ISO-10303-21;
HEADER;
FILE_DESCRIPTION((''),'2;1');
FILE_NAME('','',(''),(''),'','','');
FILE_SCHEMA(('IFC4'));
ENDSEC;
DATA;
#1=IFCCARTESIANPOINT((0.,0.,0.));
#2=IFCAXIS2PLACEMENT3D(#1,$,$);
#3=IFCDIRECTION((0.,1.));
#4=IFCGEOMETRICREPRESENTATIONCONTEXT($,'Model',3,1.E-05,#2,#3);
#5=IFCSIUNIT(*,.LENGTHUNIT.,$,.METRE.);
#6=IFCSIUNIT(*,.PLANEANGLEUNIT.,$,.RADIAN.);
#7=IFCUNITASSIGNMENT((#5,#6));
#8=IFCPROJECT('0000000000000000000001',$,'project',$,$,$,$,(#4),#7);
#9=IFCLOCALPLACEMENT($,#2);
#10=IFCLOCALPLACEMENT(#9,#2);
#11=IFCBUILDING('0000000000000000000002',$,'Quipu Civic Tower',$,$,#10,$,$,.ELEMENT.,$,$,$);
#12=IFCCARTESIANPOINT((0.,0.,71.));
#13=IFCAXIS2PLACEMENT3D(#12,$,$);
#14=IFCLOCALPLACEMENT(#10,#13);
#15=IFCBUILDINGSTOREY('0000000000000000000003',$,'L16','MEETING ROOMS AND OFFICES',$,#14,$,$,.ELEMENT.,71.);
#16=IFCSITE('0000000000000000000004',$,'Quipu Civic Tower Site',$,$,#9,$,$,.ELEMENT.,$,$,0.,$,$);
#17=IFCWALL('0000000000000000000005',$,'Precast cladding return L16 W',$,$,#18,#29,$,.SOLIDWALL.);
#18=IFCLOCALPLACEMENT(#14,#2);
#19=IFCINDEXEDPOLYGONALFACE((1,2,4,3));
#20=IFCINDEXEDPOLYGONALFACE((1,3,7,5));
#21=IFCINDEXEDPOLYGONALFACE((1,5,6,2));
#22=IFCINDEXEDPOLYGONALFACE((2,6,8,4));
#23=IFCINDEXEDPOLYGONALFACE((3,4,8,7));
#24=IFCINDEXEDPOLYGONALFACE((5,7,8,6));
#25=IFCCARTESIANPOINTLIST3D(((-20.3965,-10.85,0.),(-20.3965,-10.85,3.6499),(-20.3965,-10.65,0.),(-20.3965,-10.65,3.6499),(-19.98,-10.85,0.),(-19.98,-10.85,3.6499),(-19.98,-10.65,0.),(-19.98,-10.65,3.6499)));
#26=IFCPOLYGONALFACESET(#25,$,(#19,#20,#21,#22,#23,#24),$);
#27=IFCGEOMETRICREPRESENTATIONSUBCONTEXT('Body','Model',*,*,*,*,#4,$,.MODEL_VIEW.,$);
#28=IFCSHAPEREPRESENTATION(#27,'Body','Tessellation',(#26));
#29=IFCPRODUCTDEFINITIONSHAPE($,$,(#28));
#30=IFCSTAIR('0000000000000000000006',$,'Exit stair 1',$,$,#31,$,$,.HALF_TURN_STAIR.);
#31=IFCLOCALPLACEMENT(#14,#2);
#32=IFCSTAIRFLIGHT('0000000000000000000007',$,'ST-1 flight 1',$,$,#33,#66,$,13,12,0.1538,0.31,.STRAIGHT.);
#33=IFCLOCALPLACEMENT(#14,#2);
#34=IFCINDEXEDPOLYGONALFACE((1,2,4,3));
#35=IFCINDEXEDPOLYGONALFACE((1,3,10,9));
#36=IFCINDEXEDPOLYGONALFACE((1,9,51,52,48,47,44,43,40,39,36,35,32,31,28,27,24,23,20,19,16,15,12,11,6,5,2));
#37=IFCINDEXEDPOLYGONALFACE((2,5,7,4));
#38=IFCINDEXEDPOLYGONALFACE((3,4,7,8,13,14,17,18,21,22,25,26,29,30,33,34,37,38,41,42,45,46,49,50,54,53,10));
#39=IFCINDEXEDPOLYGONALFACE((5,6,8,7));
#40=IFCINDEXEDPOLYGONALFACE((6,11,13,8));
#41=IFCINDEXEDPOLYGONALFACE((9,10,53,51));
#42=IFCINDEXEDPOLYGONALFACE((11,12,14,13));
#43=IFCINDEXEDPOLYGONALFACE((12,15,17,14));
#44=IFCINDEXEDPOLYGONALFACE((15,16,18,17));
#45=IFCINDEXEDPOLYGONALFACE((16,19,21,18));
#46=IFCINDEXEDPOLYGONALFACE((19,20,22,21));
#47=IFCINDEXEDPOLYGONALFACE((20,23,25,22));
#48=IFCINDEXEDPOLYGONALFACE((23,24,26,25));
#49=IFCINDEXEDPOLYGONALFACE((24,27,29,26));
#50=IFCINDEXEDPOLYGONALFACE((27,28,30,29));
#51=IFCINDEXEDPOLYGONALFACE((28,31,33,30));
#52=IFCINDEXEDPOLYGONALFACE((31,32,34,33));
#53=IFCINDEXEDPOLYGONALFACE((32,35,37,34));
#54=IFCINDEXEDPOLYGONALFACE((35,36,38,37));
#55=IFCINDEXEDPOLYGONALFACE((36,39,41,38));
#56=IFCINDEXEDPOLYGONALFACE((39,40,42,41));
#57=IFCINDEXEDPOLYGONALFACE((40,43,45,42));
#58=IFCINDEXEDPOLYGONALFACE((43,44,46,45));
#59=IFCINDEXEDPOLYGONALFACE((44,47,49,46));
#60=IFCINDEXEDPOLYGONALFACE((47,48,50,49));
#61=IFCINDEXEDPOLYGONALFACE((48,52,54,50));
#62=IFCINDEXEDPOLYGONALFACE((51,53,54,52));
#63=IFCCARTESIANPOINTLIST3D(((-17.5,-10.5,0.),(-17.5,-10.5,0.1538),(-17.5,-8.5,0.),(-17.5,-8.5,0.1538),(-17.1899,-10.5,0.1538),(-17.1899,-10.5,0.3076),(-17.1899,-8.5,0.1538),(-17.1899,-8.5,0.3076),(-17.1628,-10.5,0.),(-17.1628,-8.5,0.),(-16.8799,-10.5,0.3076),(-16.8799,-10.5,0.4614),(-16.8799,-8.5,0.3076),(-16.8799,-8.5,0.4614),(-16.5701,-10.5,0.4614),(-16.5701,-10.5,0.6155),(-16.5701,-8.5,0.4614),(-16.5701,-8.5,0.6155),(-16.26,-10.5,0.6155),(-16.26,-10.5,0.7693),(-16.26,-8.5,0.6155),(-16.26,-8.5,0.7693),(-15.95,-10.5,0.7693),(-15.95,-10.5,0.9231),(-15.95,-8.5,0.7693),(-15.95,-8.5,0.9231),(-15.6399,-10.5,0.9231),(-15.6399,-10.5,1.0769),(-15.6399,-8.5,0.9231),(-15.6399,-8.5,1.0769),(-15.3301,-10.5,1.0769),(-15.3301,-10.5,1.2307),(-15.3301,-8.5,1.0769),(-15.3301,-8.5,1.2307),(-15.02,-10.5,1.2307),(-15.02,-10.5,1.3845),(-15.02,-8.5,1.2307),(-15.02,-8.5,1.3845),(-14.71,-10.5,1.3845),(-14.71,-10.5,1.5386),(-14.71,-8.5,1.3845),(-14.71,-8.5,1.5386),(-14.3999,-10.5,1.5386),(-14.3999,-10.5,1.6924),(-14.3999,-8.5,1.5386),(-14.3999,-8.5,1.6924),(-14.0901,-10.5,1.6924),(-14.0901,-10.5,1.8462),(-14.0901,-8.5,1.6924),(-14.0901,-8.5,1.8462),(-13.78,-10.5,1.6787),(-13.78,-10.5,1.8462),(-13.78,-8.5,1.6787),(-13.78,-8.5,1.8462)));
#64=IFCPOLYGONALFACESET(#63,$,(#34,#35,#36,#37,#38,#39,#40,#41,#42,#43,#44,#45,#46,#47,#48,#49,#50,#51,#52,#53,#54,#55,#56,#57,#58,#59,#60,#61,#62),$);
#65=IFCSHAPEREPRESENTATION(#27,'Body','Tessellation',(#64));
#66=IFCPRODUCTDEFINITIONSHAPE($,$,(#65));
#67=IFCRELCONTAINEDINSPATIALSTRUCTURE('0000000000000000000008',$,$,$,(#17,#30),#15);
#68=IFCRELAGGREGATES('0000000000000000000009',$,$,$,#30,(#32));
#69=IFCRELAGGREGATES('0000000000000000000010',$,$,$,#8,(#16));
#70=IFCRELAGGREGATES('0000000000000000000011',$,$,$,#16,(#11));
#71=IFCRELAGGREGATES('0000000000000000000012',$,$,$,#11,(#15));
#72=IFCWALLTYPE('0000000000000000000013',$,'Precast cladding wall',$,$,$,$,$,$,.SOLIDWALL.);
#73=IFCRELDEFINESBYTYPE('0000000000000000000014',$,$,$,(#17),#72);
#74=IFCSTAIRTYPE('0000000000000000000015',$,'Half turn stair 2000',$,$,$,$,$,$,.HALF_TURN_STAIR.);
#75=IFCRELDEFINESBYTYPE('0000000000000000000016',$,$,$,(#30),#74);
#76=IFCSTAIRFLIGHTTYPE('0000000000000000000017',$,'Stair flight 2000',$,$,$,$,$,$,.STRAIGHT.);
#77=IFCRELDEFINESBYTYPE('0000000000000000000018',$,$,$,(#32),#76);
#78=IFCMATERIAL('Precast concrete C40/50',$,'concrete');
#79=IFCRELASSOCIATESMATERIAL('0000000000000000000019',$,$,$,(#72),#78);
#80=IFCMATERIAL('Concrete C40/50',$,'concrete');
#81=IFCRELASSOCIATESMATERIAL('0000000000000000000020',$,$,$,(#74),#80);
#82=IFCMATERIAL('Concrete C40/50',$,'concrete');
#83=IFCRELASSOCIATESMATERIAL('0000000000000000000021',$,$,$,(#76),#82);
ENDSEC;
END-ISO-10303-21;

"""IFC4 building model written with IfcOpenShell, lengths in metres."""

from ifc_helpers import new_model, si_unit, direction, frame, frame_2d, origin, place, context, subcontext, project, spatial, polyline, rectangle, outline, extrude, material, type_object, element, aggregate, save


model = new_model("IFC4")

# Units and contexts
model_context = context("Model", 3, precision=1e-05, world=origin(), true_north=direction((0.0, 1.0)))
body_context = subcontext(model_context, "Body", "Model", "MODEL_VIEW")
ifc_project = project(units=[si_unit("LENGTHUNIT", "METRE"), si_unit("PLANEANGLEUNIT", "RADIAN")], contexts=[model_context])

# Site, building, storey
site_placement = place(None, origin())
site = spatial("IfcSite", under=ifc_project, at=site_placement, Name="Quipu Civic Tower Site", CompositionType="ELEMENT", RefElevation=0.0)
building_placement = place(site_placement, origin())
building = spatial("IfcBuilding", under=site, at=building_placement, Name="Quipu Civic Tower", CompositionType="ELEMENT")
storey_placement = place(building_placement, frame((0.0, 0.0, 71.0)))
storey = spatial("IfcBuildingStorey", under=building, at=storey_placement, Name="L16", Description="MEETING ROOMS AND OFFICES", CompositionType="ELEMENT", Elevation=71.0)

# Wall
ifc_material_1 = material(Name="Precast concrete C40/50", Category="concrete")
wall_type_1 = type_object("IfcWallType", Name="Precast cladding wall", PredefinedType="SOLIDWALL", material=ifc_material_1)
wall_1_placement = place(storey_placement, frame((-19.98, -10.75, 0.0), z_axis=(0.0, 0.0, 1.0), x_axis=(-1.0, 0.0, 0.0)))
element("IfcWall", 1, at=wall_1_placement, inside=storey, type_object=wall_type_1, Name="Precast cladding return L16 W", PredefinedType="SOLIDWALL", context=body_context, shape_type="SweptSolid", body=[
    extrude(rectangle(XDim=0.4165, YDim=0.2, at=frame_2d((0.2083, 0.0))), origin(), (0.0, 0.0, 1.0), 3.6499),
])

# Stair, stair flight
ifc_material_2 = material(Name="Concrete C40/50", Category="concrete")
stair_type = type_object("IfcStairType", Name="Half turn stair 2000", PredefinedType="HALF_TURN_STAIR", material=ifc_material_2)
stair_placement = place(storey_placement, origin())
stair = element("IfcStair", 2, at=stair_placement, inside=storey, type_object=stair_type, Name="Exit stair 1", PredefinedType="HALF_TURN_STAIR")
ifc_material_3 = material(Name="Concrete C40/50", Category="concrete")
stair_flight_type = type_object("IfcStairFlightType", Name="Stair flight 2000", PredefinedType="STRAIGHT", material=ifc_material_3)
stair_flight_placement = place(storey_placement, frame((-17.5, -9.5, 0.0), z_axis=(0.0, 0.0, 1.0), x_axis=(1.0, 0.0, 0.0)))
stair_flight = element("IfcStairFlight", 3, at=stair_flight_placement, type_object=stair_flight_type, Name="ST-1 flight 1", NumberOfRisers=13, NumberOfTreads=12, PredefinedType="STRAIGHT", RiserHeight=0.1538, TreadLength=0.31, context=body_context, shape_type="SweptSolid", body=[
    extrude(outline(polyline([(0.0, 0.0), (0.0, 0.1538), (0.3101, 0.1538), (0.3101, 0.3076), (0.6201, 0.3076), (0.6201, 0.4614), (0.9299, 0.4614), (0.9299, 0.6155), (1.24, 0.6155), (1.24, 0.7693), (1.55, 0.7693), (1.55, 0.9231), (1.8601, 0.9231), (1.8601, 1.0769), (2.1699, 1.0769), (2.1699, 1.2307), (2.48, 1.2307), (2.48, 1.3845), (2.79, 1.3845), (2.79, 1.5386), (3.1001, 1.5386), (3.1001, 1.6924), (3.4099, 1.6924), (3.4099, 1.8462), (3.72, 1.8462), (3.72, 2.0), (3.72, 1.6787), (0.3372, 0.0), (0.0, 0.0)])), frame((0.0, 1.0, 0.0), z_axis=(0.0, -1.0, 0.0), x_axis=(1.0, 0.0, 0.0)), (0.0, 0.0, 1.0), 2.0),
])
aggregate(stair, [stair_flight])

save(model, "model.ifc")
